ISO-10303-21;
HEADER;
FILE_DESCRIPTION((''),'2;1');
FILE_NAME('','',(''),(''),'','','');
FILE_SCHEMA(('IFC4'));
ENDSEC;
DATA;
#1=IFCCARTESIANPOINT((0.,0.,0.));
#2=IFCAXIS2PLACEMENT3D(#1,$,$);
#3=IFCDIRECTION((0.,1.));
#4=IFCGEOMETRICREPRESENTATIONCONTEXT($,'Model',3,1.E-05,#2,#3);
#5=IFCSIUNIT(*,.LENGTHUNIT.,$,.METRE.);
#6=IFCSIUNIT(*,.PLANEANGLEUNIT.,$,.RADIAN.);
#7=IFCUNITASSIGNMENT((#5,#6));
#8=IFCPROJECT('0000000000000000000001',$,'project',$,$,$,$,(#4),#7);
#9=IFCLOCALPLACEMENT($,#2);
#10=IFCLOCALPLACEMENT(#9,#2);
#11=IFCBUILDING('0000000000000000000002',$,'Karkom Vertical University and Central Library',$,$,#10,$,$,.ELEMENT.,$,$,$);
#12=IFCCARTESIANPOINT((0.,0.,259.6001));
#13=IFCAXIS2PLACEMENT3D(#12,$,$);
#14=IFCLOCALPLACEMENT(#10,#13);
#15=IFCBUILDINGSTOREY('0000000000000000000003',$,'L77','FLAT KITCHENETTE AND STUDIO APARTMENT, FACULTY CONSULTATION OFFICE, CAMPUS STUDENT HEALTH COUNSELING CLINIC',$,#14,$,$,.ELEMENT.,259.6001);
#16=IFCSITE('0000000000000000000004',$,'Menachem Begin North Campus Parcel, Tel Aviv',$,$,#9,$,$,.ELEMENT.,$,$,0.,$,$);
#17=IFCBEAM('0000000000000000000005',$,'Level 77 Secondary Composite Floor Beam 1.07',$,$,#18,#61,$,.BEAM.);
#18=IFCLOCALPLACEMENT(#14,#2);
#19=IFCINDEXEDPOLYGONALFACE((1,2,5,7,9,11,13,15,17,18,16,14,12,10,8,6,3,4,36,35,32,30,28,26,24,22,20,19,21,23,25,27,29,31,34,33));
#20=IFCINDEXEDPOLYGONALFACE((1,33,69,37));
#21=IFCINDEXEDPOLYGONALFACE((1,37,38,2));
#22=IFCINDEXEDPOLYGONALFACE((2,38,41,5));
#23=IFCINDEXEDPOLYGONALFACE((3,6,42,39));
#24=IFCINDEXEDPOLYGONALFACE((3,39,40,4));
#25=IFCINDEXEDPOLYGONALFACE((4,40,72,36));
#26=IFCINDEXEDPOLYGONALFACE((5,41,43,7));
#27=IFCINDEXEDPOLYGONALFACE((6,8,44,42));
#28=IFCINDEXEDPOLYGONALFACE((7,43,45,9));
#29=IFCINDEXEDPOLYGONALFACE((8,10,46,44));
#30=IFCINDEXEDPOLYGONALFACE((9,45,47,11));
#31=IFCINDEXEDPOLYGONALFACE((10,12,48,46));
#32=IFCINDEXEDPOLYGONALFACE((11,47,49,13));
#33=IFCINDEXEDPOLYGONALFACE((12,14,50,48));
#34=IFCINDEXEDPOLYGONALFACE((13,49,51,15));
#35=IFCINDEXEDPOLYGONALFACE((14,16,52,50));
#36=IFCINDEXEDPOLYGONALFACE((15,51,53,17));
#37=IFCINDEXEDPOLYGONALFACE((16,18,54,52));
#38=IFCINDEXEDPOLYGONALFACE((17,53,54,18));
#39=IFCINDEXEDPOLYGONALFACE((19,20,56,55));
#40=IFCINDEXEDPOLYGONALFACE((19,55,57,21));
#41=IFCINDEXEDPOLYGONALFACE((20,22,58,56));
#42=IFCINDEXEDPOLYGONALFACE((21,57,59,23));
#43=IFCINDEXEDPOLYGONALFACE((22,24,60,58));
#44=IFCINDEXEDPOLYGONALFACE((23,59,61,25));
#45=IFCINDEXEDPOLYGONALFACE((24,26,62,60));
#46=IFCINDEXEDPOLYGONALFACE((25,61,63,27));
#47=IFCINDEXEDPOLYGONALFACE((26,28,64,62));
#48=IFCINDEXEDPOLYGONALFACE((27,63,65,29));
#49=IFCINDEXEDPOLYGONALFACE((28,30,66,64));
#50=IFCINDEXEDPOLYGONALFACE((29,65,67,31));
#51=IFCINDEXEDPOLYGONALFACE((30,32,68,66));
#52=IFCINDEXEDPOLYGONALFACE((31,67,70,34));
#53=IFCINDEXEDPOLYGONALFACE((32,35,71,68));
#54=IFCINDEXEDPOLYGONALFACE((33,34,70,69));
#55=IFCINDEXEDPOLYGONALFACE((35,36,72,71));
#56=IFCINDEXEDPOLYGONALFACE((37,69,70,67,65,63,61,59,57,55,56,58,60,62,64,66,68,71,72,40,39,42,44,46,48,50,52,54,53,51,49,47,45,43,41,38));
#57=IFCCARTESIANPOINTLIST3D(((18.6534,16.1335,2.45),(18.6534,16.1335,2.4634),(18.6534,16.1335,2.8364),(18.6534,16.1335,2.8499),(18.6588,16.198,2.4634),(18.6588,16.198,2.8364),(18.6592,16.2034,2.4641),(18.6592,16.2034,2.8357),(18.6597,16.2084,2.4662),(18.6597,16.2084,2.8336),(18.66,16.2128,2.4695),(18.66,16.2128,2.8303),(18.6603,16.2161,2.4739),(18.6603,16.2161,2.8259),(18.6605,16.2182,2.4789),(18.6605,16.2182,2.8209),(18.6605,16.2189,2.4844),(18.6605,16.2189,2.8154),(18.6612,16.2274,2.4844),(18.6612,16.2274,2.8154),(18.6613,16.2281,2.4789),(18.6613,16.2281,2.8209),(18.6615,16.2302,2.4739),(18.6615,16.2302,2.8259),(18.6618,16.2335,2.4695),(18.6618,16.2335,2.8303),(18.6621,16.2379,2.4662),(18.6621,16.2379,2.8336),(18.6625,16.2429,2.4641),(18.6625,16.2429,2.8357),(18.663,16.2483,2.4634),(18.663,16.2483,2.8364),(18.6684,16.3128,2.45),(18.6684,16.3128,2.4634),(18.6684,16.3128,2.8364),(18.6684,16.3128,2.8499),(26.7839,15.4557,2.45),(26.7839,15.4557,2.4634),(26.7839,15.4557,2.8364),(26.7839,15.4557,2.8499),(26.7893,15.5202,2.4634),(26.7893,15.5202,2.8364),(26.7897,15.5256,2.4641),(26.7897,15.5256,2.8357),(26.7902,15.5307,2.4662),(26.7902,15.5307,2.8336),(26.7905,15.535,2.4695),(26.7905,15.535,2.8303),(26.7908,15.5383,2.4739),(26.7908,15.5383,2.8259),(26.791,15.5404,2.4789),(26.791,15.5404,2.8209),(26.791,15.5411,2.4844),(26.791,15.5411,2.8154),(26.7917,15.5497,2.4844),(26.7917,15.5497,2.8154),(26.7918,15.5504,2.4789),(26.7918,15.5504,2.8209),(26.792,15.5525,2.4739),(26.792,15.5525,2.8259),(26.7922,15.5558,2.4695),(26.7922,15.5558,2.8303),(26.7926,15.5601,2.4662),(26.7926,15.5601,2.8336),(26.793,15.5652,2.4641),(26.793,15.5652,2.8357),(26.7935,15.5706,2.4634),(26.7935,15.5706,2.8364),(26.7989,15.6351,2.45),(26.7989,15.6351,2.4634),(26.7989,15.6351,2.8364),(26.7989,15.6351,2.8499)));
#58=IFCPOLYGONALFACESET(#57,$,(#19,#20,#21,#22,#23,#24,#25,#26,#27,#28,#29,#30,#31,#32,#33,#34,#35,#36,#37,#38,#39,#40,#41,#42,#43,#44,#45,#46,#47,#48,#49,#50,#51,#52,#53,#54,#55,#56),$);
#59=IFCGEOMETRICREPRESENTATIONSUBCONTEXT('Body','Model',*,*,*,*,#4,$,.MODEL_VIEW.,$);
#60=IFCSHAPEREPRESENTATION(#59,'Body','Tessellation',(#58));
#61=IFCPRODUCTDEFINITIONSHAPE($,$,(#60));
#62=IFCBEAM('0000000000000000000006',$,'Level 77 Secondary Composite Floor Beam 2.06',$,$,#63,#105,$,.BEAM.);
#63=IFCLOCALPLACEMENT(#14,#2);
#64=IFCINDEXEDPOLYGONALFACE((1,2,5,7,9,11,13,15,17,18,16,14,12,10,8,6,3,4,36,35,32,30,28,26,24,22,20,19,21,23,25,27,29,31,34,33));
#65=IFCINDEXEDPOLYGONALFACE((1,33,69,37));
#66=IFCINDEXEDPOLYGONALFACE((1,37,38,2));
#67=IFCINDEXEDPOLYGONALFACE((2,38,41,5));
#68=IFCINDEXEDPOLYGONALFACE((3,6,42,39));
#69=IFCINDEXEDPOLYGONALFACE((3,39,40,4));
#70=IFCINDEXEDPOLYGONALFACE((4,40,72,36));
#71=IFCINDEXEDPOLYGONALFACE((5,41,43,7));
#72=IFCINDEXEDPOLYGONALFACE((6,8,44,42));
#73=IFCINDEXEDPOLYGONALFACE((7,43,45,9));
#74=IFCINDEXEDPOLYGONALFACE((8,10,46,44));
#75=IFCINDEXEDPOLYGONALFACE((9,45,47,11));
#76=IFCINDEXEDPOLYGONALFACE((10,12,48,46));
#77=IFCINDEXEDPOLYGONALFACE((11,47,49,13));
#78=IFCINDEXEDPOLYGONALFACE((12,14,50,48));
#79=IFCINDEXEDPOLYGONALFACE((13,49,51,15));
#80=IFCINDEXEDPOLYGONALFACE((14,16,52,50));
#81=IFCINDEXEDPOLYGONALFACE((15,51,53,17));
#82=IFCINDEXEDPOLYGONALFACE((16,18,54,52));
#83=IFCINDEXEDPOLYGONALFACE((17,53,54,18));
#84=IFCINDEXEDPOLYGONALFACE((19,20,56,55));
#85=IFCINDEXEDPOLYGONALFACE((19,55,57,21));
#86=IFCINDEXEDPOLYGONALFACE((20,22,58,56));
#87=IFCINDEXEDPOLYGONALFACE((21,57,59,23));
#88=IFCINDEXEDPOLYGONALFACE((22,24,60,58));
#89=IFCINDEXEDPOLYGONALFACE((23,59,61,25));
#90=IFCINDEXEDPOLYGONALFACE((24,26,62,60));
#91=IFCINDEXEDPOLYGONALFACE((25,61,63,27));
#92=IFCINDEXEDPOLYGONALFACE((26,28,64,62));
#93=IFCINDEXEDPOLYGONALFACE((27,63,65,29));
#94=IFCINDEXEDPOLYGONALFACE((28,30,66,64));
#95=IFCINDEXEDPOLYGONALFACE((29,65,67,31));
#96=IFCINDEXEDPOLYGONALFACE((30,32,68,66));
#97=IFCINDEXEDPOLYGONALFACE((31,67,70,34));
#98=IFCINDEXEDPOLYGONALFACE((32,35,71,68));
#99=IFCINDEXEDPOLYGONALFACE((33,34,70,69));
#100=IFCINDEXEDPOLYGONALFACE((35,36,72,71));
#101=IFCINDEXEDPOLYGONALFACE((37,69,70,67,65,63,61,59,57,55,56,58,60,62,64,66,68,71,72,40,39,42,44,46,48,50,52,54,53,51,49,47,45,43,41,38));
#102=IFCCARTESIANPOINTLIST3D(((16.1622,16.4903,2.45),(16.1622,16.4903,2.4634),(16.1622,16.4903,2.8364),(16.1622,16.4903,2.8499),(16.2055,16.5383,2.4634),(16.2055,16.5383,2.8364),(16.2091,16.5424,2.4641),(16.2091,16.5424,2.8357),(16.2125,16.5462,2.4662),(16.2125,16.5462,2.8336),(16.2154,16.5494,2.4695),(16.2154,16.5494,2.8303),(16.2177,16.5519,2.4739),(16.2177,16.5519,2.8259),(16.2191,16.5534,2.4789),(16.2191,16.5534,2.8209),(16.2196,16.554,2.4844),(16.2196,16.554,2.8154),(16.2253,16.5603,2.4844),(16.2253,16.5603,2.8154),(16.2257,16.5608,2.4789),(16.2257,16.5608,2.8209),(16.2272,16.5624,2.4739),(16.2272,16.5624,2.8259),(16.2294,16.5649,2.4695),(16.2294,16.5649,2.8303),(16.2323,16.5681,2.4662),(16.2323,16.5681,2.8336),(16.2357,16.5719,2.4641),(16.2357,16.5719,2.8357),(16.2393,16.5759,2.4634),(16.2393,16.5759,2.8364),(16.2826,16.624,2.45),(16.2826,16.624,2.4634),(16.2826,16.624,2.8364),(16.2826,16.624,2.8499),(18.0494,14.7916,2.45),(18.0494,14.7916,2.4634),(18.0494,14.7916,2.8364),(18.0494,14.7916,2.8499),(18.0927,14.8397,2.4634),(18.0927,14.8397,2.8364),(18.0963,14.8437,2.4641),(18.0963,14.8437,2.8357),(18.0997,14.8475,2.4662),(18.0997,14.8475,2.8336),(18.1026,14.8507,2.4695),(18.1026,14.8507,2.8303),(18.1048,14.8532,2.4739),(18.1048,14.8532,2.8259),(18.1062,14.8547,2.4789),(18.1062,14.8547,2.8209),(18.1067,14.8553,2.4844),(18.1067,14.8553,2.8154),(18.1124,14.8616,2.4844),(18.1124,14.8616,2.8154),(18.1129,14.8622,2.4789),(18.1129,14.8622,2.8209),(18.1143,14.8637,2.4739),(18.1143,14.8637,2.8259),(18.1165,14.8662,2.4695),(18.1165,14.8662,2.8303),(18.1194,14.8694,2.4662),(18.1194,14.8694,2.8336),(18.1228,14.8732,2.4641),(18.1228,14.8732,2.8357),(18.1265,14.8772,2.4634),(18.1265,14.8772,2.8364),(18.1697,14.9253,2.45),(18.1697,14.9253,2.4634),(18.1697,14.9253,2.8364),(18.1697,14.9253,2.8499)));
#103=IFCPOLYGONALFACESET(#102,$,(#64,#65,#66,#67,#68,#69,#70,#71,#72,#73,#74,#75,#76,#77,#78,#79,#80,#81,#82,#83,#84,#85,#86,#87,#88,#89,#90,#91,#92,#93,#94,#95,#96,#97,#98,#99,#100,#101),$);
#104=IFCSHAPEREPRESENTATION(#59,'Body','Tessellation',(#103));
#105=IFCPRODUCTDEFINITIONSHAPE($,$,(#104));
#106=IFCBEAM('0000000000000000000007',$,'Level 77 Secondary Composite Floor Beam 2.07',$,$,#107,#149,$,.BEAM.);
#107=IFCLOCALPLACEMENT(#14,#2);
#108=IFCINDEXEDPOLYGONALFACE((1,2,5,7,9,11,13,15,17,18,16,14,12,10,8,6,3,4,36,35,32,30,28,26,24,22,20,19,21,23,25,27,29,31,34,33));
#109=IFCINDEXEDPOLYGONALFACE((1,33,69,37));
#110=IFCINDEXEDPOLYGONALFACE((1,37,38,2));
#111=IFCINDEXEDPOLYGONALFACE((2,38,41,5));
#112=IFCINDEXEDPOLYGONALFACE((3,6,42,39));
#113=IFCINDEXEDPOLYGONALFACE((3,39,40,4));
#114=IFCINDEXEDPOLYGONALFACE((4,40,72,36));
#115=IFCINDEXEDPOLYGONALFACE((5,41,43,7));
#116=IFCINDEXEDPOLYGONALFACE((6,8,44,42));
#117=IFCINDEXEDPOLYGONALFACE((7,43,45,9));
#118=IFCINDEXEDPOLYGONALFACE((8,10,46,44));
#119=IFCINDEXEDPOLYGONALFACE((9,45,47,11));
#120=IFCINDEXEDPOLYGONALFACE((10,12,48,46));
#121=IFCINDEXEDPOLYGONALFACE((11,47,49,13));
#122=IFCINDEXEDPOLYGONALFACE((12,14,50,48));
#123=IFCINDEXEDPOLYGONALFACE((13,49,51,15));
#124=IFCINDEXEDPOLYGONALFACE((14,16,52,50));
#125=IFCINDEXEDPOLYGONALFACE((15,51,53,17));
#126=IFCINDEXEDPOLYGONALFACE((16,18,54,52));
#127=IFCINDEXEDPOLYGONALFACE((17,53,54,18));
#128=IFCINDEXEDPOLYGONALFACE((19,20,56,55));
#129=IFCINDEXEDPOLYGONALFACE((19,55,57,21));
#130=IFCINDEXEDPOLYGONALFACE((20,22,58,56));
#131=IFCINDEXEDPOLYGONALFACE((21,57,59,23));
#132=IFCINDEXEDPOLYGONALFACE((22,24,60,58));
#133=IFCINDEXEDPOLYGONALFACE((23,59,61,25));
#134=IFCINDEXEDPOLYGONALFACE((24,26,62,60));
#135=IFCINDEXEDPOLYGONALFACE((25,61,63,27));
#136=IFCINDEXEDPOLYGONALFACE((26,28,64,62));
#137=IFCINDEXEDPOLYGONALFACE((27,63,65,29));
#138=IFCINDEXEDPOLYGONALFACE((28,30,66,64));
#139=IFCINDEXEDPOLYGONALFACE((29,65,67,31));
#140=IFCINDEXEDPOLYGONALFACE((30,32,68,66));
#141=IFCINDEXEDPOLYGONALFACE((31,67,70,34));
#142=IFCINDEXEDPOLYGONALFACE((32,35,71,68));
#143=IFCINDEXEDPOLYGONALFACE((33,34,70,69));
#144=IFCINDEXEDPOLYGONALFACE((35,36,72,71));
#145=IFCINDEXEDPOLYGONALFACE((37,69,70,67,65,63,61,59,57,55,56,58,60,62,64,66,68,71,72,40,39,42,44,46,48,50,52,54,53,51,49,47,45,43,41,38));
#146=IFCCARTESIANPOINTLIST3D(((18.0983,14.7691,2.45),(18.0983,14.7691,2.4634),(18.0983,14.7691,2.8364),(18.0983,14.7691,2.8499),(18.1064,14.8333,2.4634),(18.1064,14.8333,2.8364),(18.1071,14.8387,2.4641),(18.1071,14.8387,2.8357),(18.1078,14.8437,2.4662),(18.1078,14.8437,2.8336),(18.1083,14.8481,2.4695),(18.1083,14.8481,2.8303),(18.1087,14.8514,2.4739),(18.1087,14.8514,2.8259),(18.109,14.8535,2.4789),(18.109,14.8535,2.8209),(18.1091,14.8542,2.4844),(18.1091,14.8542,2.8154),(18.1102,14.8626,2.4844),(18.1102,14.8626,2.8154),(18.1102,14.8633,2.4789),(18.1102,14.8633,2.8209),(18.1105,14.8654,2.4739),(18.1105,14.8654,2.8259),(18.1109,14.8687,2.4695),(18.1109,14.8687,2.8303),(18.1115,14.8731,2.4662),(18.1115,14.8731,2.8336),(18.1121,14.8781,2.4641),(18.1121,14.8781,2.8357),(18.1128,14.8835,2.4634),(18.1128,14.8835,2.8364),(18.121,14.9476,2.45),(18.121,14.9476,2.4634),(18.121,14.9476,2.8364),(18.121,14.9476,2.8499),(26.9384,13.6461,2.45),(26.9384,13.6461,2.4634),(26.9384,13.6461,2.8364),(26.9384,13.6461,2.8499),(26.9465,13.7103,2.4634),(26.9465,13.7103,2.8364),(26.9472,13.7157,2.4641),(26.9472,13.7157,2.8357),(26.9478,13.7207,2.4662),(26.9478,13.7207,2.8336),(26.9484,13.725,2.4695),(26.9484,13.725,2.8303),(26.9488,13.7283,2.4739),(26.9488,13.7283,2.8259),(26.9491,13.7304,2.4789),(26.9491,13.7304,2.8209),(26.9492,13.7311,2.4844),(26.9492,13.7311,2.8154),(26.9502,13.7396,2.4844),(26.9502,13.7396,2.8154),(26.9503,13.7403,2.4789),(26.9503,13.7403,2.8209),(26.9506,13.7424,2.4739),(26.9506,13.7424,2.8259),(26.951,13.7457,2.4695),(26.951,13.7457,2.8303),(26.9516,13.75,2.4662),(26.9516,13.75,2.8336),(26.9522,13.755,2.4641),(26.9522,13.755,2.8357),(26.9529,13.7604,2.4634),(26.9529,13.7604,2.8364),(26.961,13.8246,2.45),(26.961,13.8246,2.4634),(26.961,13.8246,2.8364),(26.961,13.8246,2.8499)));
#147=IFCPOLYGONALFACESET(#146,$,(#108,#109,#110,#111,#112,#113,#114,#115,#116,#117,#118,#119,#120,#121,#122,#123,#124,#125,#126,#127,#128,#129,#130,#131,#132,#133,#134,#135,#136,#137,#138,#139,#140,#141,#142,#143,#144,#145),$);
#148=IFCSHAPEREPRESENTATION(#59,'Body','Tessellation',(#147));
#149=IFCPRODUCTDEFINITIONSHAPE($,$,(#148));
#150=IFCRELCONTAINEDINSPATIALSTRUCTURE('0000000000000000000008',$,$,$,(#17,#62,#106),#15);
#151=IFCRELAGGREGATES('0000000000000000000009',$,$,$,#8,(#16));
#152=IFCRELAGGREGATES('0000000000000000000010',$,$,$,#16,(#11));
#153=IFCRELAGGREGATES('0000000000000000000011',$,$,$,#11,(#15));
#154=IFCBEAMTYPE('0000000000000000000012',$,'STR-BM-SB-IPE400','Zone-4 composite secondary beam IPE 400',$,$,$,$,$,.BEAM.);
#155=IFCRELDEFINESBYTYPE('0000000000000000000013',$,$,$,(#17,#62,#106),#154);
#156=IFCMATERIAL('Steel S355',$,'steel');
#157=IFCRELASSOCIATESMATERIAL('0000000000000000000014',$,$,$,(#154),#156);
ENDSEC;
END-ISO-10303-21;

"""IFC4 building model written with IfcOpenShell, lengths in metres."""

from ifc_helpers import new_model, si_unit, direction, frame, origin, origin_with_axes, origin_2d, place, context, subcontext, project, spatial, i_section, extrude, source, transform, mapped, material, material_profile, profile_set, type_object, element, save


model = new_model("IFC4")

# Units and contexts
model_context = context("Model", 3, precision=1e-05, world=origin(), true_north=direction((0.0, 1.0)))
body_context = subcontext(model_context, "Body", "Model", "MODEL_VIEW")
ifc_project = project(units=[si_unit("LENGTHUNIT", "METRE"), si_unit("PLANEANGLEUNIT", "RADIAN")], contexts=[model_context])

# Site, building, storey
site_placement = place(None, origin())
site = spatial("IfcSite", under=ifc_project, at=site_placement, Name="Menachem Begin North Campus Parcel, Tel Aviv", CompositionType="ELEMENT", RefElevation=0.0)
building_placement = place(site_placement, origin())
building = spatial("IfcBuilding", under=site, at=building_placement, Name="Karkom Vertical University and Central Library", CompositionType="ELEMENT")
storey_placement = place(building_placement, frame((0.0, 0.0, 259.6001)))
storey = spatial("IfcBuildingStorey", under=building, at=storey_placement, Name="L77", Description="FLAT KITCHENETTE AND STUDIO APARTMENT, FACULTY CONSULTATION OFFICE, CAMPUS STUDENT HEALTH COUNSELING CLINIC", CompositionType="ELEMENT", Elevation=259.6001)

# Beams
ifc_material_1 = material(Name="Steel S355", Category="steel")
ifc_material_profile_1 = material_profile(ifc_material_1, i_section(OverallWidth=0.1799, OverallDepth=0.3999, WebThickness=0.0085, FlangeThickness=0.0134, FilletRadius=0.021, at=origin_2d()), Name="IPE 400")
ifc_profile_set_1 = profile_set([ifc_material_profile_1], Name="Steel S355")
beam_type_1 = type_object("IfcBeamType", Name="STR-BM-SB-IPE400", Description="Zone-4 composite secondary beam IPE 400", PredefinedType="BEAM", material=ifc_profile_set_1)
shared_shape_1 = source(origin_with_axes(), body_context, "Body", "SweptSolid", [
    extrude(i_section(OverallWidth=0.1799, OverallDepth=0.3999, WebThickness=0.0085, FlangeThickness=0.0134, FilletRadius=0.021, at=origin_2d()), origin(), (0.0, 0.0, 1.0), 8.1587),
])
beam_1_placement = place(storey_placement, frame((18.6609, 16.2231, 2.6499), z_axis=(0.996544, -0.08307, 0.0), x_axis=(0.08307, 0.996544, 0.0)))
element("IfcBeam", 1, at=beam_1_placement, inside=storey, type_object=beam_type_1, Name="Level 77 Secondary Composite Floor Beam 1.07", PredefinedType="BEAM", context=body_context, shape_type="MappedRepresentation", body=[
    mapped(shared_shape_1, transform((0.0, 0.0, 0.0), scale=1.0)),
])
shared_shape_2 = source(origin_with_axes(), body_context, "Body", "SweptSolid", [
    extrude(i_section(OverallWidth=0.1799, OverallDepth=0.3999, WebThickness=0.0085, FlangeThickness=0.0134, FilletRadius=0.021, at=origin_2d()), origin(), (0.0, 0.0, 1.0), 2.5391),
])
beam_2_placement = place(storey_placement, frame((16.2224, 16.5571, 2.6499), z_axis=(0.743246, -0.669018, 0.0), x_axis=(0.669018, 0.743246, 0.0)))
element("IfcBeam", 2, at=beam_2_placement, inside=storey, type_object=beam_type_1, Name="Level 77 Secondary Composite Floor Beam 2.06", PredefinedType="BEAM", context=body_context, shape_type="MappedRepresentation", body=[
    mapped(shared_shape_2, transform((0.0, 0.0, 0.0), scale=1.0)),
])
shared_shape_3 = source(origin_with_axes(), body_context, "Body", "SweptSolid", [
    extrude(i_section(OverallWidth=0.1799, OverallDepth=0.3999, WebThickness=0.0085, FlangeThickness=0.0134, FilletRadius=0.021, at=origin_2d()), origin(), (0.0, 0.0, 1.0), 8.9111),
])
beam_3_placement = place(storey_placement, frame((18.1096, 14.8584, 2.6499), z_axis=(0.992027, -0.126027, 0.0), x_axis=(0.126027, 0.992027, 0.0)))
element("IfcBeam", 3, at=beam_3_placement, inside=storey, type_object=beam_type_1, Name="Level 77 Secondary Composite Floor Beam 2.07", PredefinedType="BEAM", context=body_context, shape_type="MappedRepresentation", body=[
    mapped(shared_shape_3, transform((0.0, 0.0, 0.0), scale=1.0)),
])

save(model, "model.ifc")
